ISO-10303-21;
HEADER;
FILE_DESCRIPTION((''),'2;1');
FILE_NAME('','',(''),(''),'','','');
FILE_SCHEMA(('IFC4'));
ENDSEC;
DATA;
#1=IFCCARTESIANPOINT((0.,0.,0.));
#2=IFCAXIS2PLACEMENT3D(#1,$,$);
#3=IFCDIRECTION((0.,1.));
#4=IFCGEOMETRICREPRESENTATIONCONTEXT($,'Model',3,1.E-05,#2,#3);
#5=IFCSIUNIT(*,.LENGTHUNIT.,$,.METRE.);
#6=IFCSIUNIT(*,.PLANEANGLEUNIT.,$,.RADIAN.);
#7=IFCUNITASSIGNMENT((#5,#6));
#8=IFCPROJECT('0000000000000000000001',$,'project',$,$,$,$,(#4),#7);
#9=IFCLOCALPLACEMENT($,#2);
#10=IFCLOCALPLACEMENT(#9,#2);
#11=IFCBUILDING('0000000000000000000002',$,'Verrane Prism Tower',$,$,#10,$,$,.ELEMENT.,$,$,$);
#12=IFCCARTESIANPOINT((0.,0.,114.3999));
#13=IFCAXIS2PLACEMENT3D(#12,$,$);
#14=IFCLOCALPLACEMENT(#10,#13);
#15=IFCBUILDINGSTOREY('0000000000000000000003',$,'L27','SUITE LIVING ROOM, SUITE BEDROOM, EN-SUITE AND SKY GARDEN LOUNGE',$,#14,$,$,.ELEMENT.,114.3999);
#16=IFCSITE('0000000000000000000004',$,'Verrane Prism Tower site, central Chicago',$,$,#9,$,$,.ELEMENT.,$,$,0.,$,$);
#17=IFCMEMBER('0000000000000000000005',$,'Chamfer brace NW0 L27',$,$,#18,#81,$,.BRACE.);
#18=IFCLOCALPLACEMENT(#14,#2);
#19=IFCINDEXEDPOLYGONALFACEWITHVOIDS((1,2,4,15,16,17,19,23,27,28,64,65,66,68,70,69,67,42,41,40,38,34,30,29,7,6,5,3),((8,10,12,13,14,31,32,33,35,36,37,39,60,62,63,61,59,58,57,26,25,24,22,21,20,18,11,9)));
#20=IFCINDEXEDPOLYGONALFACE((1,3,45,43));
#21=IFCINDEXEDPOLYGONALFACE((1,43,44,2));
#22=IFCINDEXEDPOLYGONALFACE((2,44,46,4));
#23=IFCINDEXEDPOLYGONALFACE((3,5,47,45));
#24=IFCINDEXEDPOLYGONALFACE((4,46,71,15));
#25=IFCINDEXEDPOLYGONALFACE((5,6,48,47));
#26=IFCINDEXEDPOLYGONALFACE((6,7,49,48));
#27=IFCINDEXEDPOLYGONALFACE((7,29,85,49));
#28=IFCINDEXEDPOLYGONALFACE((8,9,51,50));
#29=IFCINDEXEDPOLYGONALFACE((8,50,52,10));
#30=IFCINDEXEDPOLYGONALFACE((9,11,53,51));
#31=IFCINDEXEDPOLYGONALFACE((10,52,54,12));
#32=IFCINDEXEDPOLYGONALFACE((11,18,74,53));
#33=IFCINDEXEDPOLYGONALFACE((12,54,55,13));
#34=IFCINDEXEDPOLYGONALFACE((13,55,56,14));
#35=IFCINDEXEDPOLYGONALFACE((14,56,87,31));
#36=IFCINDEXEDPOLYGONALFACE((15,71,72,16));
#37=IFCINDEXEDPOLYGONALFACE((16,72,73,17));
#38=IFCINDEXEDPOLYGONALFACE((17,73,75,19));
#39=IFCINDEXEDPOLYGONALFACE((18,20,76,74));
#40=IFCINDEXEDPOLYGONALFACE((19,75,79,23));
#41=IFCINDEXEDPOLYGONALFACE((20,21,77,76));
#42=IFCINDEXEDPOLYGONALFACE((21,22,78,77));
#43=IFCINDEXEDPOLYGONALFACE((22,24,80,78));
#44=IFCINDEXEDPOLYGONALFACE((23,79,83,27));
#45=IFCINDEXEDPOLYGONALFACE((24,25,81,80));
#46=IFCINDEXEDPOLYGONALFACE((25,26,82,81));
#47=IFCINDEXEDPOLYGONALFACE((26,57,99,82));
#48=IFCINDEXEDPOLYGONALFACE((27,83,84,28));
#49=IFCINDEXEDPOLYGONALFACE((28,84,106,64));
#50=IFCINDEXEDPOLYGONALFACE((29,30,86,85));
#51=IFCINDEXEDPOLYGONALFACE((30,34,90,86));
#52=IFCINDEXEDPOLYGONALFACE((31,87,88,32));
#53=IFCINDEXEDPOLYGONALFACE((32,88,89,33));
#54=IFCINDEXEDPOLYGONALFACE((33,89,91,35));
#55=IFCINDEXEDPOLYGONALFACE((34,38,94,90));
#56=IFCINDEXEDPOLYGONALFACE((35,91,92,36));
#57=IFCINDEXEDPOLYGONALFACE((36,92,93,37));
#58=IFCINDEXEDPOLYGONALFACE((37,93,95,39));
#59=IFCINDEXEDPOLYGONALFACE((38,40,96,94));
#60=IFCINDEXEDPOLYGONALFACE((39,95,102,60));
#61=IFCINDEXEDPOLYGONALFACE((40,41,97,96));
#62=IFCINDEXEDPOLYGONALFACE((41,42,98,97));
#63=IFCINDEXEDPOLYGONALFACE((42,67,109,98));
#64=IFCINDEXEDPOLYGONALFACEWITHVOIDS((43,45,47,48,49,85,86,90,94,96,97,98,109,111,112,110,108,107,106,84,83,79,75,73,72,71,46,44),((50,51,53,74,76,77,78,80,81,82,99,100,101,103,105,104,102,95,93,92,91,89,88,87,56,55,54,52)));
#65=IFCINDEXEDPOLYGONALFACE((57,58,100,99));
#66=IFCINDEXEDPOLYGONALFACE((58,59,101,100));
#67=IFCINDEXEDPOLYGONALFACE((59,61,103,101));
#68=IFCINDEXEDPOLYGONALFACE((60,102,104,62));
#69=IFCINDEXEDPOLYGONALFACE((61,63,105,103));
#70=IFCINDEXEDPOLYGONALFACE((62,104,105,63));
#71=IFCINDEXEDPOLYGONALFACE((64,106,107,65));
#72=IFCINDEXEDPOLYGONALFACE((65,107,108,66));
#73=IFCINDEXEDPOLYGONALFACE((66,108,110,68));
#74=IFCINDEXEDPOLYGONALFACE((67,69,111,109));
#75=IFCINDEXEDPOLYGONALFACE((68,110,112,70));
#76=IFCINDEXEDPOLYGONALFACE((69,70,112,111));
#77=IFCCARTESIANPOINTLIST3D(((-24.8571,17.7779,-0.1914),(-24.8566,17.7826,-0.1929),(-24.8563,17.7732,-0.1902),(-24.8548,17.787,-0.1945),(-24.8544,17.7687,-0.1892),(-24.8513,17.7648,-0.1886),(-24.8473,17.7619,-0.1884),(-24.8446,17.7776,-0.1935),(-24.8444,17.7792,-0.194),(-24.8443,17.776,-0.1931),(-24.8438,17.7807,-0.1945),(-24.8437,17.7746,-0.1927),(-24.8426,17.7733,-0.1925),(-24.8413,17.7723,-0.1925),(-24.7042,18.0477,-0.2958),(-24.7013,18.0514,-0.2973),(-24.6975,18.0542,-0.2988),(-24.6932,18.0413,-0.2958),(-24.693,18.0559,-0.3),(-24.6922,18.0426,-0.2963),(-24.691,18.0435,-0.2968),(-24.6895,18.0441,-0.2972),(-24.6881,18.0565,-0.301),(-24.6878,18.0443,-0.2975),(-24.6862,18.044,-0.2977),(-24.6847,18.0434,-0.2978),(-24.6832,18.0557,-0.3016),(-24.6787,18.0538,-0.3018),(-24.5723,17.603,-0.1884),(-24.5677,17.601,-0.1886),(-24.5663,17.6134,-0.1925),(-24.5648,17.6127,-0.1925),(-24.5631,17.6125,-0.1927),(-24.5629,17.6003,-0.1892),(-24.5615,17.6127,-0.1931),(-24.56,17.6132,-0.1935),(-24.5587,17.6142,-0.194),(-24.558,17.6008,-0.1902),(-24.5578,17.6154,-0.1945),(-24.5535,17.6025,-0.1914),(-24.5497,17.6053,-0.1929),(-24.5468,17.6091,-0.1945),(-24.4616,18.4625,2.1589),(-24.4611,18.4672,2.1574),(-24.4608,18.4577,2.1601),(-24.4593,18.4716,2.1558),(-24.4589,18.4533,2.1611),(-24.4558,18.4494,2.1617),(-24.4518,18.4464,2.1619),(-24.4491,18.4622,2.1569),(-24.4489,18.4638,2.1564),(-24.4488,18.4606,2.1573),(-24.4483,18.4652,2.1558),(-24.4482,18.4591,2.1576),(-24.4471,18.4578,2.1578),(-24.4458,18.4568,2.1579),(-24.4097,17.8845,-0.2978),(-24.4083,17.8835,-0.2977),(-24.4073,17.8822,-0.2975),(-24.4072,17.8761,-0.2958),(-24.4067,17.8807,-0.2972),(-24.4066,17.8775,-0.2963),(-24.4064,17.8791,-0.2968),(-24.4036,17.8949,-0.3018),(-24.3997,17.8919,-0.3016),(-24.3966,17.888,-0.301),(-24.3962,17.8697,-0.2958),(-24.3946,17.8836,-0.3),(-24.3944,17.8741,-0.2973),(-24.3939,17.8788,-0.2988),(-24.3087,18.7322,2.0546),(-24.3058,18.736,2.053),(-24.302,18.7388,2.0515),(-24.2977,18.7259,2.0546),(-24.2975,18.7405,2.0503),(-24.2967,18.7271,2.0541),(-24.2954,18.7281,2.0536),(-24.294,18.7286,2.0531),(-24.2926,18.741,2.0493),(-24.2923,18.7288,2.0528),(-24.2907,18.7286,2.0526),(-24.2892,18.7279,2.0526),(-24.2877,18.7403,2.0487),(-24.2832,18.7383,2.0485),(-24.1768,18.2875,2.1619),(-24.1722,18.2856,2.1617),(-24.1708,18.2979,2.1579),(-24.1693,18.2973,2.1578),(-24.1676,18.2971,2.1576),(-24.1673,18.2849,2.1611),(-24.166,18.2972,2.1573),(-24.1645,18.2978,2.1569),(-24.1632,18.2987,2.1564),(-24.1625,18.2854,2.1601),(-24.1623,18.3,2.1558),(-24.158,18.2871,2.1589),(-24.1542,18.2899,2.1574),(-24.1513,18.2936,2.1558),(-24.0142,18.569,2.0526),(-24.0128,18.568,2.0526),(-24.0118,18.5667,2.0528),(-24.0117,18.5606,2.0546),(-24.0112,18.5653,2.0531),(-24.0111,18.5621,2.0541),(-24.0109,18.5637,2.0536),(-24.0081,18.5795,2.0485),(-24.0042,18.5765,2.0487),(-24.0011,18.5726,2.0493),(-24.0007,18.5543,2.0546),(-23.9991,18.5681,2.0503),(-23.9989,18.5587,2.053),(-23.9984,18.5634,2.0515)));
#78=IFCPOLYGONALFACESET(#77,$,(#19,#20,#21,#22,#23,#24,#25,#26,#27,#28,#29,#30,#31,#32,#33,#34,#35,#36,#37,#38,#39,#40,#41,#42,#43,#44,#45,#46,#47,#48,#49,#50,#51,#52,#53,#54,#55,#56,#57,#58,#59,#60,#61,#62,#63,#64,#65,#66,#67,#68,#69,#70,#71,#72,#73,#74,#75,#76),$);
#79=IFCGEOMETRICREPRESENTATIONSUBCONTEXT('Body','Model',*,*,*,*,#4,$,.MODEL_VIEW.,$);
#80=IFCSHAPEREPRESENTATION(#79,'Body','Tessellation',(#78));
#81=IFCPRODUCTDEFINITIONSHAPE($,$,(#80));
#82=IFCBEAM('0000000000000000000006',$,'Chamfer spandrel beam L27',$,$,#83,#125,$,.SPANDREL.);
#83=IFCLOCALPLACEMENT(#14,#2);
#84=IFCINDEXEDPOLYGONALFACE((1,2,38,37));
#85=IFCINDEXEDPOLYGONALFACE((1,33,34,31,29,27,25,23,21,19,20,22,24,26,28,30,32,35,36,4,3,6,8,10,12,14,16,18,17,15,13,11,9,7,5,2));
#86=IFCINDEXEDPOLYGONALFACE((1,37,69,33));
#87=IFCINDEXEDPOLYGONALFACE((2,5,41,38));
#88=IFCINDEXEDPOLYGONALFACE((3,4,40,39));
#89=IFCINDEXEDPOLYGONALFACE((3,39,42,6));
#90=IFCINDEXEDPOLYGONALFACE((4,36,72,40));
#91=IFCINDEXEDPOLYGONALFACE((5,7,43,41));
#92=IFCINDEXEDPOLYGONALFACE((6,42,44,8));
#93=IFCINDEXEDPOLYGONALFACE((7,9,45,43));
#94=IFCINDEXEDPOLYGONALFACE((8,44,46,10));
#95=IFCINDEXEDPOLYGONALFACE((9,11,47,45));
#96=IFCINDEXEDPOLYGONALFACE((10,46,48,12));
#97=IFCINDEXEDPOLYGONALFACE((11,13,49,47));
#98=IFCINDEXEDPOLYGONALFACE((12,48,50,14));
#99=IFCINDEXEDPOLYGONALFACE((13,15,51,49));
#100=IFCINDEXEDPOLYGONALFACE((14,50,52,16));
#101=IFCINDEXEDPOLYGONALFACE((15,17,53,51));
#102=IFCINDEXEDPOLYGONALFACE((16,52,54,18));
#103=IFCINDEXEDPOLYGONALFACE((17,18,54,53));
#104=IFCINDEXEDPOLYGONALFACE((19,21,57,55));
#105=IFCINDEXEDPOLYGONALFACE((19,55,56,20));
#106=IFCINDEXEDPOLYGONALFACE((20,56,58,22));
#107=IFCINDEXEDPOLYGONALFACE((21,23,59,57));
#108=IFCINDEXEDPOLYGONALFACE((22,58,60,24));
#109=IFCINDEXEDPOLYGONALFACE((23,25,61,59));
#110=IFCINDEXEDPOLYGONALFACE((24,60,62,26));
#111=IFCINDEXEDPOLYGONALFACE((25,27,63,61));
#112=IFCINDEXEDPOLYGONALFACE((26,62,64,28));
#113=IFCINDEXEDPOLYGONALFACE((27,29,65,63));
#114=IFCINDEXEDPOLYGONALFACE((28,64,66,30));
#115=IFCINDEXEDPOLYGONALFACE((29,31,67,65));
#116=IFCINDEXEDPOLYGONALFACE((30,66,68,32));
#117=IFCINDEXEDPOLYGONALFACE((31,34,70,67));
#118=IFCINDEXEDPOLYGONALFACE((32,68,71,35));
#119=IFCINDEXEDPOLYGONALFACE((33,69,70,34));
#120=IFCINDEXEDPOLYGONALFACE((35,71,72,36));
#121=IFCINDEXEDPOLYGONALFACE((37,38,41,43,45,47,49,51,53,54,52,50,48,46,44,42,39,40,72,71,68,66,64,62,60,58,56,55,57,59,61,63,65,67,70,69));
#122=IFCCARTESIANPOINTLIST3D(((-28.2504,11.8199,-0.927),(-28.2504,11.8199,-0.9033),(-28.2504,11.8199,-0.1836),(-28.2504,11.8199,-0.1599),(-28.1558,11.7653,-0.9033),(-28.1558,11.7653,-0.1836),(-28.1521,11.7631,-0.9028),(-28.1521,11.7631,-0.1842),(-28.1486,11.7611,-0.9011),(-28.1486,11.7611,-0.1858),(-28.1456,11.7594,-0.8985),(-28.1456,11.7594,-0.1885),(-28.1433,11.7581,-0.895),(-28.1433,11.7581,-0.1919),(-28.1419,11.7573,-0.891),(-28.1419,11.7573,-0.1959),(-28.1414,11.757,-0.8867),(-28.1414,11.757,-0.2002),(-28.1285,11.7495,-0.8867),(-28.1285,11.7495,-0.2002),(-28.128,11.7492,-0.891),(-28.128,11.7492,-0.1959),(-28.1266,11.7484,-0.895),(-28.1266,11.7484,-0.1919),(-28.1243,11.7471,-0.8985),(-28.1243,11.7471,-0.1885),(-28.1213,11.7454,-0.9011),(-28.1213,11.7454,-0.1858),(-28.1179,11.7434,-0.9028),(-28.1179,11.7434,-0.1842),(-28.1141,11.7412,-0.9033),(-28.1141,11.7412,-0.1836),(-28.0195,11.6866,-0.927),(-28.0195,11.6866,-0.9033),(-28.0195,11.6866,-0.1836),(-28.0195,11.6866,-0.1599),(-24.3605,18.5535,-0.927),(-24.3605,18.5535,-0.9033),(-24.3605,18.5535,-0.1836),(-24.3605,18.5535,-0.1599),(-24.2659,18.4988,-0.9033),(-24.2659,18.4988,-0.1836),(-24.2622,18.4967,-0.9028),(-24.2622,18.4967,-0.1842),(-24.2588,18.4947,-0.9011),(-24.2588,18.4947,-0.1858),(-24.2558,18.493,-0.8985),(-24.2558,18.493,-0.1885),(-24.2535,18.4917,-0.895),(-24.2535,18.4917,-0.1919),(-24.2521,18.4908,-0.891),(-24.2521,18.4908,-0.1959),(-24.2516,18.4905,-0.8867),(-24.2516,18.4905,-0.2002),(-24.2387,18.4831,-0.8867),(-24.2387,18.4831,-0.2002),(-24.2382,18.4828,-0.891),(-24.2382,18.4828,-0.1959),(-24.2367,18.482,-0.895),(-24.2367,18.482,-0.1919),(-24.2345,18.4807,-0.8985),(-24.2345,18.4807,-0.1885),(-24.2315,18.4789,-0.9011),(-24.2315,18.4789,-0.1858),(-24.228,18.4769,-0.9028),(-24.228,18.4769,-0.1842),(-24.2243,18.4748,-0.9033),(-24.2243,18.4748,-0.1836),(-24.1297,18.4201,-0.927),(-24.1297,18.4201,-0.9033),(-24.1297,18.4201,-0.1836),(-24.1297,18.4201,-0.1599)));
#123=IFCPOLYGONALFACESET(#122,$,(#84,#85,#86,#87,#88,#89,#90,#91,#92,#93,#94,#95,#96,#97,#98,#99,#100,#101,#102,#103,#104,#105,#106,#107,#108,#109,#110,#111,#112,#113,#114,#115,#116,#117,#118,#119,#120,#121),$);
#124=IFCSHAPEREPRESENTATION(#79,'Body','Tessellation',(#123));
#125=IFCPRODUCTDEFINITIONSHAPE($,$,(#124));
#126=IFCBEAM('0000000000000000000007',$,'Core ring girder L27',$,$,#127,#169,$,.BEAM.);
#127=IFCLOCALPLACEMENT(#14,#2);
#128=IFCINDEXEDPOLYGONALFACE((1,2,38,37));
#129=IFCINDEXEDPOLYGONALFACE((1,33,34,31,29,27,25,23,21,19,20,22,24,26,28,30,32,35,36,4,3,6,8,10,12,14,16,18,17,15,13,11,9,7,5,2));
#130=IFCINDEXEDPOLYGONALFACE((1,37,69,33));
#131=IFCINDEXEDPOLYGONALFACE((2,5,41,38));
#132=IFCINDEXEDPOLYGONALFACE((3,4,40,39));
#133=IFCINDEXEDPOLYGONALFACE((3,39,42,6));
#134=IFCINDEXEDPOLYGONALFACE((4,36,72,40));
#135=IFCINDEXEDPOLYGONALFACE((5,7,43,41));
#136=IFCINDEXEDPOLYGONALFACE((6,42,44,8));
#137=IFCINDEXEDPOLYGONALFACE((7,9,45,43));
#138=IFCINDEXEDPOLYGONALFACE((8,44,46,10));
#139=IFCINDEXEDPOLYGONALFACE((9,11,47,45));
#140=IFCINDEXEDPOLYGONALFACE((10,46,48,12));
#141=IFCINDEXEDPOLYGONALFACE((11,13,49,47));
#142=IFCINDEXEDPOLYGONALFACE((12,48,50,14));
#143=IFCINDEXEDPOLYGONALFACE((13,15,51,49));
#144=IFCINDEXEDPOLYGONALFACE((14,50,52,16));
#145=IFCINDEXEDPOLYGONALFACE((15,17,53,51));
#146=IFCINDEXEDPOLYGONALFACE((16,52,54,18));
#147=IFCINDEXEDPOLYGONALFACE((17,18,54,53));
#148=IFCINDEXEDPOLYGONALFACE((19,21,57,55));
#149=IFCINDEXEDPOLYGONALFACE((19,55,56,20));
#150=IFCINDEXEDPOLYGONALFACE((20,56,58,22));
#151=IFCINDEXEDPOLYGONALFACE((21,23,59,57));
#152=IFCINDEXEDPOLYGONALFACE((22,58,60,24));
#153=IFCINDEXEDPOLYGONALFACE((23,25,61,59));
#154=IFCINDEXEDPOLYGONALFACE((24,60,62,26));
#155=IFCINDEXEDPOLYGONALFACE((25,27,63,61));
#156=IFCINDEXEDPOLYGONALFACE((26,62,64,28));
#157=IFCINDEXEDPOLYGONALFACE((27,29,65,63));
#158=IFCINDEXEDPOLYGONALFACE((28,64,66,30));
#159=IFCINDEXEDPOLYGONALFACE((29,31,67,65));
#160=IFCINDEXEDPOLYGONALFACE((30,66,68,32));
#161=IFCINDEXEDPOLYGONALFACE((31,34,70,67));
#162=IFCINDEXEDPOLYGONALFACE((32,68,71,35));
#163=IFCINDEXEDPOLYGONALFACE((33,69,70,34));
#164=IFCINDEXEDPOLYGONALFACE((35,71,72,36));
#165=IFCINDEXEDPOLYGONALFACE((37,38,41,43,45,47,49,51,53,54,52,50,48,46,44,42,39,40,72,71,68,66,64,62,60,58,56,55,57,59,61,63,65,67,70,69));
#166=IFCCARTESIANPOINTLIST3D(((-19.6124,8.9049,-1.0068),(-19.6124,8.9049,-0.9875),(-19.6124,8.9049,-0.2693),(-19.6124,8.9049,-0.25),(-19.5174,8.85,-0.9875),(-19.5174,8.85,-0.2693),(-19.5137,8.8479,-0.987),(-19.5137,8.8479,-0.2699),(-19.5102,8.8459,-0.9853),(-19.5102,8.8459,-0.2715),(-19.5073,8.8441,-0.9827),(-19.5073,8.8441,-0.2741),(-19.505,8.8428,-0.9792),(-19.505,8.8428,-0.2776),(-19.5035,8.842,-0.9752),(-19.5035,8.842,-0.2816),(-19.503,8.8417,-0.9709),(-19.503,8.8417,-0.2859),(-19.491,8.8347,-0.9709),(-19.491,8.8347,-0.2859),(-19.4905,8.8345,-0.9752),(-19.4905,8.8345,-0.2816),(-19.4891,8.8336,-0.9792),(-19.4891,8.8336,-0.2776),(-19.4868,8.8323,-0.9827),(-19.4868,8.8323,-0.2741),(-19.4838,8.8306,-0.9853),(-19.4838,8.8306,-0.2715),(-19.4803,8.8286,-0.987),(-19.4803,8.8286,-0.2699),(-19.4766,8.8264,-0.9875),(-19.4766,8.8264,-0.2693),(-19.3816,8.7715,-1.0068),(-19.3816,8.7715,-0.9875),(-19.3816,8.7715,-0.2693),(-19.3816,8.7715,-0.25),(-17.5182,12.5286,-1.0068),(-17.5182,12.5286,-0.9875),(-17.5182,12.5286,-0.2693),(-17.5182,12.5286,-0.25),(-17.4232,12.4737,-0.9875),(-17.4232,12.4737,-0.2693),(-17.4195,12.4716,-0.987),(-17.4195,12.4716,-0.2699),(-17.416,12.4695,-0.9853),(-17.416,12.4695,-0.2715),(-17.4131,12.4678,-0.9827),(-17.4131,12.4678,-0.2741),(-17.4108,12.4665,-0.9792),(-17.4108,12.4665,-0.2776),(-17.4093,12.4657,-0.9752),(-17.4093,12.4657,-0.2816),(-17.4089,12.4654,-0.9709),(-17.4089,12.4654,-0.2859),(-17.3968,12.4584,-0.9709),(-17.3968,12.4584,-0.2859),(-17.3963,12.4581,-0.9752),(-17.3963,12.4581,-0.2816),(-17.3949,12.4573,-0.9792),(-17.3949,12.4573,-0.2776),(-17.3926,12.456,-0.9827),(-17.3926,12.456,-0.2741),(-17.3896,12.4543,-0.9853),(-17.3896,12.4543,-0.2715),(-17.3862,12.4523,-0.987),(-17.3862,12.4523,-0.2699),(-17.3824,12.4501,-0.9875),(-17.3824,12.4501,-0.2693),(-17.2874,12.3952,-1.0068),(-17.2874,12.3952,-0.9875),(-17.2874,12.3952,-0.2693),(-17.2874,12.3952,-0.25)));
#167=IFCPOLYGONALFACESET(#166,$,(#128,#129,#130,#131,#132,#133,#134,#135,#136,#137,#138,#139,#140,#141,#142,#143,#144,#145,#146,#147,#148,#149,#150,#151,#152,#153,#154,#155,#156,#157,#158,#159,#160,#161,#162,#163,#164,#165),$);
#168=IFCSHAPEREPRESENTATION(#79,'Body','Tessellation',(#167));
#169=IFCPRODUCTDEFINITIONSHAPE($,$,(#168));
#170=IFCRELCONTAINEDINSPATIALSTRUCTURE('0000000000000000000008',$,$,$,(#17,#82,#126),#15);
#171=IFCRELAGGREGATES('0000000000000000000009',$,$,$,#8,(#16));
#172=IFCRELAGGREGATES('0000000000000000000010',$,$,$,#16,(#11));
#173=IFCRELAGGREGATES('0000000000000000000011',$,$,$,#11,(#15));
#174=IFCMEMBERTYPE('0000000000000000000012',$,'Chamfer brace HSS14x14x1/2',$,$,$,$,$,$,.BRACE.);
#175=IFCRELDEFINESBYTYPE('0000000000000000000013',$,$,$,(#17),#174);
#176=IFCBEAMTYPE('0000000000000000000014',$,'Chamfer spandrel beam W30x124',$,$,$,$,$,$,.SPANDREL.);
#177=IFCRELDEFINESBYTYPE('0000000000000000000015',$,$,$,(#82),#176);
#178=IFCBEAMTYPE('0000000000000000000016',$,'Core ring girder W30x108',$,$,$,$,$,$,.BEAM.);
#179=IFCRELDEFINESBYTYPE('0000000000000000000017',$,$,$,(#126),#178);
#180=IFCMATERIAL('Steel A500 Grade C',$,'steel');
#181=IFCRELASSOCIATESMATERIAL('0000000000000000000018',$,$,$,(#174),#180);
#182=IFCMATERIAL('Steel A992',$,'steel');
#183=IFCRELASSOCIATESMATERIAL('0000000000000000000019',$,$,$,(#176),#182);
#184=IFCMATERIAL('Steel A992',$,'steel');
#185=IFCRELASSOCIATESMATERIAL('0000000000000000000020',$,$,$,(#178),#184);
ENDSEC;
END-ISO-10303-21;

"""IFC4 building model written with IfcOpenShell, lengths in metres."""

from ifc_helpers import new_model, si_unit, direction, frame, origin, origin_2d, place, context, subcontext, project, spatial, hollow_rectangle, i_section, extrude, material, material_profile, profile_set, type_object, element, save


model = new_model("IFC4")

# Units and contexts
model_context = context("Model", 3, precision=1e-05, world=origin(), true_north=direction((0.0, 1.0)))
body_context = subcontext(model_context, "Body", "Model", "MODEL_VIEW")
ifc_project = project(units=[si_unit("LENGTHUNIT", "METRE"), si_unit("PLANEANGLEUNIT", "RADIAN")], contexts=[model_context])

# Site, building, storey
site_placement = place(None, origin())
site = spatial("IfcSite", under=ifc_project, at=site_placement, Name="Verrane Prism Tower site, central Chicago", CompositionType="ELEMENT", RefElevation=0.0)
building_placement = place(site_placement, origin())
building = spatial("IfcBuilding", under=site, at=building_placement, Name="Verrane Prism Tower", CompositionType="ELEMENT")
storey_placement = place(building_placement, frame((0.0, 0.0, 114.3999)))
storey = spatial("IfcBuildingStorey", under=building, at=storey_placement, Name="L27", Description="SUITE LIVING ROOM, SUITE BEDROOM, EN-SUITE AND SKY GARDEN LOUNGE", CompositionType="ELEMENT", Elevation=114.3999)

# Member
ifc_material_1 = material(Name="Steel A500 Grade C", Category="steel")
ifc_material_profile_1 = material_profile(ifc_material_1, hollow_rectangle(XDim=0.3557, YDim=0.3557, WallThickness=0.0127, InnerFilletRadius=0.0063, OuterFilletRadius=0.019, at=origin_2d()), Name="HSS14x14x1/2")
ifc_profile_set_1 = profile_set([ifc_material_profile_1], Name="Steel A500 Grade C")
member_type_1 = type_object("IfcMemberType", Name="Chamfer brace HSS14x14x1/2", PredefinedType="BRACE", material=ifc_profile_set_1)
member_1_placement = place(storey_placement, frame((-24.6255, 17.8284, -0.2451), z_axis=(0.159495, 0.276064, 0.947813), x_axis=(-0.865877, 0.500257, 0.0)))
element("IfcMember", 1, at=member_1_placement, inside=storey, type_object=member_type_1, Name="Chamfer brace NW0 L27", PredefinedType="BRACE", context=body_context, shape_type="SweptSolid", body=[
    extrude(hollow_rectangle(XDim=0.3557, YDim=0.3557, WallThickness=0.0127, InnerFilletRadius=0.0063, OuterFilletRadius=0.019, at=origin_2d()), origin(), (0.0, 0.0, 1.0), 2.4797),
])

# Beams
ifc_material_2 = material(Name="Steel A992", Category="steel")
ifc_material_profile_2 = material_profile(ifc_material_2, i_section(OverallWidth=0.2666, OverallDepth=0.7671, WebThickness=0.0149, FlangeThickness=0.0237, FilletRadius=0.0166, at=origin_2d()), Name="W30x124")
ifc_profile_set_2 = profile_set([ifc_material_profile_2], Name="Steel A992")
beam_type_1 = type_object("IfcBeamType", Name="Chamfer spandrel beam W30x124", PredefinedType="SPANDREL", material=ifc_profile_set_2)
beam_1_placement = place(storey_placement, frame((-24.2451, 18.4868, -0.5435), z_axis=(-0.500214, -0.865902, 0.0), x_axis=(0.865902, -0.500214, 0.0)))
element("IfcBeam", 2, at=beam_1_placement, inside=storey, type_object=beam_type_1, Name="Chamfer spandrel beam L27", PredefinedType="SPANDREL", context=body_context, shape_type="SweptSolid", body=[
    extrude(i_section(OverallWidth=0.2666, OverallDepth=0.7671, WebThickness=0.0149, FlangeThickness=0.0237, FilletRadius=0.0166, at=origin_2d()), origin(), (0.0, 0.0, 1.0), 7.7764),
])
ifc_material_3 = material(Name="Steel A992", Category="steel")
ifc_material_profile_3 = material_profile(ifc_material_3, i_section(OverallWidth=0.2666, OverallDepth=0.7568, WebThickness=0.0139, FlangeThickness=0.0193, FilletRadius=0.0166, at=origin_2d()), Name="W30x108")
ifc_profile_set_3 = profile_set([ifc_material_profile_3], Name="Steel A992")
beam_type_2 = type_object("IfcBeamType", Name="Core ring girder W30x108", PredefinedType="BEAM", material=ifc_profile_set_3)
beam_2_placement = place(storey_placement, frame((-17.4028, 12.4619, -0.6284), z_axis=(-0.500367, -0.865813, 0.0), x_axis=(0.865813, -0.500367, 0.0)))
element("IfcBeam", 3, at=beam_2_placement, inside=storey, type_object=beam_type_2, Name="Core ring girder L27", PredefinedType="BEAM", context=body_context, shape_type="SweptSolid", body=[
    extrude(i_section(OverallWidth=0.2666, OverallDepth=0.7568, WebThickness=0.0139, FlangeThickness=0.0193, FilletRadius=0.0166, at=origin_2d()), origin(), (0.0, 0.0, 1.0), 4.1853),
])

save(model, "model.ifc")
